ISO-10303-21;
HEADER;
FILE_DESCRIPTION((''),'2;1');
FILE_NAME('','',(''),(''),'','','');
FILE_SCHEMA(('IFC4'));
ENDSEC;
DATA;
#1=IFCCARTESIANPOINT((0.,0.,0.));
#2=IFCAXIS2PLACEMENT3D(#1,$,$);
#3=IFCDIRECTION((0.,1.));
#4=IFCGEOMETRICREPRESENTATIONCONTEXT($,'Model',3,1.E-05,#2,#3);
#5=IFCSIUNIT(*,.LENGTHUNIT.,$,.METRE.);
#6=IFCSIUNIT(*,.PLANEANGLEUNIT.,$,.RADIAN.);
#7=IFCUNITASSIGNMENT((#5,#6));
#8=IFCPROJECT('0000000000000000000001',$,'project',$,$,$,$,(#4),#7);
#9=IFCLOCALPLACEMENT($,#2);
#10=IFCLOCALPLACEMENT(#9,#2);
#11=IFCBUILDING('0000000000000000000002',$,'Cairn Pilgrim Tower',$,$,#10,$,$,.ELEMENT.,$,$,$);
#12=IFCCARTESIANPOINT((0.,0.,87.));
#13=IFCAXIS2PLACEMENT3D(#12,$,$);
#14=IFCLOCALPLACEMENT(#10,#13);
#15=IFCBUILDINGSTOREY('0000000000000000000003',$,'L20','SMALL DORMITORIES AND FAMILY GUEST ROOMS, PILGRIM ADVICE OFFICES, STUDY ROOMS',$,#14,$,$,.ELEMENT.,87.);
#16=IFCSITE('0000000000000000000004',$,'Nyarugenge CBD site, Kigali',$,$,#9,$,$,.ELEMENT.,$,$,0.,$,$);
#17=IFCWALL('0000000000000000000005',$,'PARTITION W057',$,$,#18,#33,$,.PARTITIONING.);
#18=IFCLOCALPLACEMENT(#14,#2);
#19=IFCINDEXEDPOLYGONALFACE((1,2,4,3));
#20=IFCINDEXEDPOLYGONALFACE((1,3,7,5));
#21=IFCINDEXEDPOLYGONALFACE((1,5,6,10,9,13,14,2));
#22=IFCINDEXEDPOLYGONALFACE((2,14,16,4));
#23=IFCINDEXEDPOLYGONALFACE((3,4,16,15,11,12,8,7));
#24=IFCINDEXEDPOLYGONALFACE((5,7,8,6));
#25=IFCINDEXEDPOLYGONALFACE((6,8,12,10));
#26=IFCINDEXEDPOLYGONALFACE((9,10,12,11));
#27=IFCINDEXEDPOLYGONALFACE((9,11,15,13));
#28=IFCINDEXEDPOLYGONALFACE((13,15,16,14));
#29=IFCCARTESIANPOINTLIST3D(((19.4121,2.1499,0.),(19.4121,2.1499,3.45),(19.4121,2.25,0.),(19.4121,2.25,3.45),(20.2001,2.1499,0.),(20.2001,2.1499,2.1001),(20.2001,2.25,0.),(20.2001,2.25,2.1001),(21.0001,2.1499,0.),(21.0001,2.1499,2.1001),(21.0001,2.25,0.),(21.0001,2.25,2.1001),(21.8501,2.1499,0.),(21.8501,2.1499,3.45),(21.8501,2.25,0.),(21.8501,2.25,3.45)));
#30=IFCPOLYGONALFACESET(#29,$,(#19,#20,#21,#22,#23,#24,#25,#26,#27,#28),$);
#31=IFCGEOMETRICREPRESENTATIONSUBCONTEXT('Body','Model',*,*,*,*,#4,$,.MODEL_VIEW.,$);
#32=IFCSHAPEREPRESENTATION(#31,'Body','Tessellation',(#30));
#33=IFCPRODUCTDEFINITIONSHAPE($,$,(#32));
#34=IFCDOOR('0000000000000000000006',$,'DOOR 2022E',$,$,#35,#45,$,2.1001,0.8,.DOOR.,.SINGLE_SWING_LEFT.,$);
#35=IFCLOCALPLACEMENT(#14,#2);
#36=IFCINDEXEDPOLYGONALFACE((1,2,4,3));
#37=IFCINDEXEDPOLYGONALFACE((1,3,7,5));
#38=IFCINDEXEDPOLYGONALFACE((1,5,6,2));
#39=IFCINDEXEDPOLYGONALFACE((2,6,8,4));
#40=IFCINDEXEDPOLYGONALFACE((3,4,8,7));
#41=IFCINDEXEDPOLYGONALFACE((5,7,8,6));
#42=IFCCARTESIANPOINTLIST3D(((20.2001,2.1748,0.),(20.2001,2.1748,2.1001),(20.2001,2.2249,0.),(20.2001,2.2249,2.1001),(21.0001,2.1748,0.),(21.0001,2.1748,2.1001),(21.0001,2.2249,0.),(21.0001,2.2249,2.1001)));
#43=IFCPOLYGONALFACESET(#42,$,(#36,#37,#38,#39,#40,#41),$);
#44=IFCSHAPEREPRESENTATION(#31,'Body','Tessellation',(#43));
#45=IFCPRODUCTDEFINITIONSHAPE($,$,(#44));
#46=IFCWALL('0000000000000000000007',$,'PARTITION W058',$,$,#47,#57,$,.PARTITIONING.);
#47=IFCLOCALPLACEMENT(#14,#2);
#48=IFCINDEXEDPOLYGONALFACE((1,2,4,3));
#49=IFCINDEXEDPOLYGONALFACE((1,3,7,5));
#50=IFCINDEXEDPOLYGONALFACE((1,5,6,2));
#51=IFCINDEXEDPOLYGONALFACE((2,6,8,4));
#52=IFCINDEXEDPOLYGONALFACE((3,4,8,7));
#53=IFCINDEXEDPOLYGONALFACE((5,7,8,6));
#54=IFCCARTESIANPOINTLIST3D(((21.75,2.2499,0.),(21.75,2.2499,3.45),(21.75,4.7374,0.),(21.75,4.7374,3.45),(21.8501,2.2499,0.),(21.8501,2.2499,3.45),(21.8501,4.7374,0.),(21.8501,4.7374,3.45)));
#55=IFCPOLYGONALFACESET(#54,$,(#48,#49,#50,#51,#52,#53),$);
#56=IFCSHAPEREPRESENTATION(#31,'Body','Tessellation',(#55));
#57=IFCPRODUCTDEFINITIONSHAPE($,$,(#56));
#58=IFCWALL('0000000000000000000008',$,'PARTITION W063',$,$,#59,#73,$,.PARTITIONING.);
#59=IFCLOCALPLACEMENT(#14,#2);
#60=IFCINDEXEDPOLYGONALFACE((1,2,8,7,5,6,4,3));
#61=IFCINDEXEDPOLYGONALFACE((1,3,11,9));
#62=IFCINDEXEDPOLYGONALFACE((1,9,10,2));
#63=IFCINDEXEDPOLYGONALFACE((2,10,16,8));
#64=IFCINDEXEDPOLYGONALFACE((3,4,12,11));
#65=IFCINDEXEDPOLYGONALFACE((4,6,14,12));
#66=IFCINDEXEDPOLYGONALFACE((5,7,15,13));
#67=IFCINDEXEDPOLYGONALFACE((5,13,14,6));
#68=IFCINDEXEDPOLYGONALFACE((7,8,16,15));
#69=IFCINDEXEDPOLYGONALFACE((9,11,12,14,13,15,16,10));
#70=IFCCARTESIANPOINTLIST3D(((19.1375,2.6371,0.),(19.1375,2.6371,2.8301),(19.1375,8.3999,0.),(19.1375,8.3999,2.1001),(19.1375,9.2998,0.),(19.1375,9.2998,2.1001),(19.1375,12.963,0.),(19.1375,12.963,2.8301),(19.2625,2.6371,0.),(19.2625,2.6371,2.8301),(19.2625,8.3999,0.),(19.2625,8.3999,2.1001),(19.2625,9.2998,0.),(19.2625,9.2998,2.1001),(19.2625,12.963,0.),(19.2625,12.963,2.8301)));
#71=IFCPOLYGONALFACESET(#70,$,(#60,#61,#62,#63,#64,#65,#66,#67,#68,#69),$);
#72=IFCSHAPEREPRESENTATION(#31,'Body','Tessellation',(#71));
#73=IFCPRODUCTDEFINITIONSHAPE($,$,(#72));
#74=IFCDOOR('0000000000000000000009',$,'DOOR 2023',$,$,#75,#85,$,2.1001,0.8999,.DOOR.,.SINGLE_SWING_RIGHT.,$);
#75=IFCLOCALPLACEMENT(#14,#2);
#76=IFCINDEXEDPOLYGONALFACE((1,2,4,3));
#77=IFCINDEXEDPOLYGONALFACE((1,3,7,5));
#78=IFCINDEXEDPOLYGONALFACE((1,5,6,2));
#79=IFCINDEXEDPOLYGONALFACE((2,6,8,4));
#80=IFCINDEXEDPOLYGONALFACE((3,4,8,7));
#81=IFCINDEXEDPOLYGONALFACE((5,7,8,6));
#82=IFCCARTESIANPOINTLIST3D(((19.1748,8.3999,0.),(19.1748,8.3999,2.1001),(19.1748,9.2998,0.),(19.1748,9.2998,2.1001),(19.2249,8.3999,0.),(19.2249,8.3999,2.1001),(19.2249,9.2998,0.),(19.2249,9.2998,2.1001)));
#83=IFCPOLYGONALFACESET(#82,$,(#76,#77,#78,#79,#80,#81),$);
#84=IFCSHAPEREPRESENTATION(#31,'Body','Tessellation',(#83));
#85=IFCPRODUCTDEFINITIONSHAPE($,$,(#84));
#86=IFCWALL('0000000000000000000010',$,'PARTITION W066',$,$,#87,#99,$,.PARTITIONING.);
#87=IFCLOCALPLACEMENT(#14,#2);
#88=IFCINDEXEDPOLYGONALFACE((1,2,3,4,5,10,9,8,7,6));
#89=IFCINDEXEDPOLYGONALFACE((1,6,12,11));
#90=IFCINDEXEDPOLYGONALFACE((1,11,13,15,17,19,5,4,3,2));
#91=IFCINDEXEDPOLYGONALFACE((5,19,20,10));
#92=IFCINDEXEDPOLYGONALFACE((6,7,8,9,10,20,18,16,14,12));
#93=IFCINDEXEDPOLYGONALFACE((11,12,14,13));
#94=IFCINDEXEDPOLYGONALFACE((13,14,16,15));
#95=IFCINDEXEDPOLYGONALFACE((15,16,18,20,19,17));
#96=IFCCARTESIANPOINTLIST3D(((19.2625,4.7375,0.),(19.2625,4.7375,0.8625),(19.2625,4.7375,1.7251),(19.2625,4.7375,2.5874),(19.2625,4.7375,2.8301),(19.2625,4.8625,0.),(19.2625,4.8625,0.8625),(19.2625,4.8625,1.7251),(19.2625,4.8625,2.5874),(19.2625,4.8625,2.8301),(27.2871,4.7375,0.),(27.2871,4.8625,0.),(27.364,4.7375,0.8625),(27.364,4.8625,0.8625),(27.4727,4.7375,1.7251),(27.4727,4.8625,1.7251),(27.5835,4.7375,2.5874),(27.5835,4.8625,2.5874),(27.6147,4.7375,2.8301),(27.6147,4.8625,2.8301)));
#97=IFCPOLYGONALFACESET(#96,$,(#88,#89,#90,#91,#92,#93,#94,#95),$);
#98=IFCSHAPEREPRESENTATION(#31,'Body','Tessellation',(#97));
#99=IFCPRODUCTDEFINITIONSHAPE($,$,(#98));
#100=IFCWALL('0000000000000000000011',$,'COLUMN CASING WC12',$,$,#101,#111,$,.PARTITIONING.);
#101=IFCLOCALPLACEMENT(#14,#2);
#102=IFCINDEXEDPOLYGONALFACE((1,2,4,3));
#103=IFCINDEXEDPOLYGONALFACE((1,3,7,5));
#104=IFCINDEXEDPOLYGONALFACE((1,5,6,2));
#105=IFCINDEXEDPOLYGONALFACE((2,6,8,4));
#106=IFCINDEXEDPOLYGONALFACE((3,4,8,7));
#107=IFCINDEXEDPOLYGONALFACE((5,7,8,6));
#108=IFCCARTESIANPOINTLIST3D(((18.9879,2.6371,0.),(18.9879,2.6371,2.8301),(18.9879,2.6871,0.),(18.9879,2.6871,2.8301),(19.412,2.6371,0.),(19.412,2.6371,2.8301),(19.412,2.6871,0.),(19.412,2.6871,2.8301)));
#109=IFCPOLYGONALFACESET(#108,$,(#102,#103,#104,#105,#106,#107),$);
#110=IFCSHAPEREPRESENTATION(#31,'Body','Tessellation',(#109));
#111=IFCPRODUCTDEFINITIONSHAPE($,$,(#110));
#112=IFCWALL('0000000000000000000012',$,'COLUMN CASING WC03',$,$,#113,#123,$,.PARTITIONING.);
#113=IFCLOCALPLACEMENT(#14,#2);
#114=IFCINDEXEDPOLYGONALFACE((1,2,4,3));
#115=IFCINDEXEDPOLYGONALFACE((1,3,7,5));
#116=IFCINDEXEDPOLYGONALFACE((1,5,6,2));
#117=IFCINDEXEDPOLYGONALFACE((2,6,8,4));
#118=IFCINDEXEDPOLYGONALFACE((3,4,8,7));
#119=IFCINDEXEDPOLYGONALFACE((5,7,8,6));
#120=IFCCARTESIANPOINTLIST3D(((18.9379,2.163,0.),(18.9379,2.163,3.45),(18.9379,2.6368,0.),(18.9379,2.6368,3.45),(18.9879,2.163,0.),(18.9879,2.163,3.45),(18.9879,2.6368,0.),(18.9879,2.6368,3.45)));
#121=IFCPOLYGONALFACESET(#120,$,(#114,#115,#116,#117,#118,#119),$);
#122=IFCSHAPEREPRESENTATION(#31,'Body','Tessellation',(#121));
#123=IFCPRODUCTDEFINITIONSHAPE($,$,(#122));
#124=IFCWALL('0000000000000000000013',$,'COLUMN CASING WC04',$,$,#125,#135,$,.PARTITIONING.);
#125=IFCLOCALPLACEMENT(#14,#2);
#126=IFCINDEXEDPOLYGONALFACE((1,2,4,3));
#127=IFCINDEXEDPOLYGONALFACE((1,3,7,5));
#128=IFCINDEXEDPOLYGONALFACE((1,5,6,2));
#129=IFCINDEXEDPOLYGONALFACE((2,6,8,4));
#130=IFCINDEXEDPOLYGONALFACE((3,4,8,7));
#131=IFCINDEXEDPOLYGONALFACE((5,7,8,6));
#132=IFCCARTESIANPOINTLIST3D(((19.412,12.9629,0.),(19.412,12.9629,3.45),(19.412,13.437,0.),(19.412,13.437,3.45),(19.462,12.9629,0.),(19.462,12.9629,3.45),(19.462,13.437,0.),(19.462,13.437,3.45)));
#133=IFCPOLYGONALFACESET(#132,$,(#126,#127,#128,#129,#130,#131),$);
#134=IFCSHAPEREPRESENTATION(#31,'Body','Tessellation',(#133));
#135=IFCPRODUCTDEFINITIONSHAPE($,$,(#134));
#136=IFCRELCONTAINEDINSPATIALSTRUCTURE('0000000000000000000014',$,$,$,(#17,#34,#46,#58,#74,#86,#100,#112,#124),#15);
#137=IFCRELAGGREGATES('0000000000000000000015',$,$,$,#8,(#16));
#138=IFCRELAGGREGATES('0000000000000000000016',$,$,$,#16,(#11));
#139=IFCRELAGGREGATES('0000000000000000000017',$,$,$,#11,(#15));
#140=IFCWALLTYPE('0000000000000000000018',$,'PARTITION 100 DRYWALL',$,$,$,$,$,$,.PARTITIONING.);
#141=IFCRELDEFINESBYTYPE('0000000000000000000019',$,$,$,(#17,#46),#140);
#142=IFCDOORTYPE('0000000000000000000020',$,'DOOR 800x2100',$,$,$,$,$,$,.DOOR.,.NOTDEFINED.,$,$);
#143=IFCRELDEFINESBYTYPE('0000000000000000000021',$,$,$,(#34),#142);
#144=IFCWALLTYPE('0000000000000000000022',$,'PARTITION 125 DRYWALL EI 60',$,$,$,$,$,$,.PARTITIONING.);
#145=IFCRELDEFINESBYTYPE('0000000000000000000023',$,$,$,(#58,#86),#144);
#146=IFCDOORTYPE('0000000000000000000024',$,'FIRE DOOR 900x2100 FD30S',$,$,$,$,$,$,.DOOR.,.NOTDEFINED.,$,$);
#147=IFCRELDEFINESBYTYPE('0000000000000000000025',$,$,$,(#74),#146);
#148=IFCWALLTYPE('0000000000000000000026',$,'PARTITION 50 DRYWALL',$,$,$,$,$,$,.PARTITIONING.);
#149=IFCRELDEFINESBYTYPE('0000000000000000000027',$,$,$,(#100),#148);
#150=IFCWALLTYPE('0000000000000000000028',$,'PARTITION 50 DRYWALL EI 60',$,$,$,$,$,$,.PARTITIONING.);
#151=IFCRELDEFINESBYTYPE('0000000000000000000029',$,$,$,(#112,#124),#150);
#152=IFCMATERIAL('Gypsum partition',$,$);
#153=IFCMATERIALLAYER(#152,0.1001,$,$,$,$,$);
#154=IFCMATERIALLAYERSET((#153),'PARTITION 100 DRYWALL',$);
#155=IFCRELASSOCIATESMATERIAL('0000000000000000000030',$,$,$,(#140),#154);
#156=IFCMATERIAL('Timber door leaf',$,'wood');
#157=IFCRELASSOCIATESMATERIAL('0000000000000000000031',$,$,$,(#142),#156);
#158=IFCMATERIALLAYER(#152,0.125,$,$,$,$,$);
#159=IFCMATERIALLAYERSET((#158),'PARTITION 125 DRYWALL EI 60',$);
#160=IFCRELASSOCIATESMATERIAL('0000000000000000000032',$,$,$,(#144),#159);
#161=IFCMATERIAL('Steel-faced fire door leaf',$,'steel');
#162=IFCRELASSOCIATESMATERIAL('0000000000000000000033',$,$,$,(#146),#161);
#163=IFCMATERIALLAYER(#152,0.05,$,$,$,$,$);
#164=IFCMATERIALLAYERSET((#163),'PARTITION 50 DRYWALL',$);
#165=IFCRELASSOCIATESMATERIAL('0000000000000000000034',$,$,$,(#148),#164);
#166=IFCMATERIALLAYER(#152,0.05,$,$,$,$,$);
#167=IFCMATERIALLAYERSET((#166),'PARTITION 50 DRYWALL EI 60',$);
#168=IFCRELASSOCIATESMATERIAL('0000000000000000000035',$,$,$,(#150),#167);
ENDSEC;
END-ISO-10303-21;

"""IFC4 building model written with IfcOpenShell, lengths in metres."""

from ifc_helpers import new_model, si_unit, direction, frame, frame_2d, origin, place, context, subcontext, project, spatial, polyline, rectangle, outline, extrude, material, layer, layer_set, type_object, element, fill, save


model = new_model("IFC4")

# Units and contexts
model_context = context("Model", 3, precision=1e-05, world=origin(), true_north=direction((0.0, 1.0)))
body_context = subcontext(model_context, "Body", "Model", "MODEL_VIEW")
ifc_project = project(units=[si_unit("LENGTHUNIT", "METRE"), si_unit("PLANEANGLEUNIT", "RADIAN")], contexts=[model_context])

# Site, building, storey
site_placement = place(None, origin())
site = spatial("IfcSite", under=ifc_project, at=site_placement, Name="Nyarugenge CBD site, Kigali", CompositionType="ELEMENT", RefElevation=0.0)
building_placement = place(site_placement, origin())
building = spatial("IfcBuilding", under=site, at=building_placement, Name="Cairn Pilgrim Tower", CompositionType="ELEMENT")
storey_placement = place(building_placement, frame((0.0, 0.0, 87.0)))
storey = spatial("IfcBuildingStorey", under=building, at=storey_placement, Name="L20", Description="SMALL DORMITORIES AND FAMILY GUEST ROOMS, PILGRIM ADVICE OFFICES, STUDY ROOMS", CompositionType="ELEMENT", Elevation=87.0)

# Wall, opening, door
ifc_material_1 = material(Name="Gypsum partition")
ifc_layer_1 = layer(ifc_material_1, 0.1001)
ifc_layer_set_1 = layer_set([ifc_layer_1], Name="PARTITION 100 DRYWALL")
wall_type_1 = type_object("IfcWallType", Name="PARTITION 100 DRYWALL", PredefinedType="PARTITIONING", material=ifc_layer_set_1)
wall_1_placement = place(storey_placement, frame((19.4121, 2.2, 0.0), z_axis=(0.0, 0.0, 1.0), x_axis=(1.0, 0.0, 0.0)))
wall_1 = element("IfcWall", 1, at=wall_1_placement, inside=storey, type_object=wall_type_1, Name="PARTITION W057", PredefinedType="PARTITIONING", context=body_context, shape_type="SweptSolid", body=[
    extrude(rectangle(XDim=2.438, YDim=0.1001, at=frame_2d((1.219, 0.0))), origin(), (0.0, 0.0, 1.0), 3.45),
])
opening_1_placement = place(wall_1_placement, frame((0.7881, 0.0, 0.0)))
opening_1 = element("IfcOpeningElement", 2, at=opening_1_placement, cuts=wall_1, PredefinedType="OPENING", context=body_context, shape_type="SweptSolid", body=[
    extrude(rectangle(XDim=0.8, YDim=2.1001, at=frame_2d((0.3999, 1.05))), frame((0.0, 0.0601, 0.0), z_axis=(0.0, -1.0, 0.0), x_axis=(1.0, 0.0, 0.0)), (0.0, 0.0, 1.0), 0.1201),
])
ifc_material_2 = material(Name="Timber door leaf", Category="wood")
door_type_1 = type_object("IfcDoorType", Name="DOOR 800x2100", OperationType="NOTDEFINED", PredefinedType="DOOR", material=ifc_material_2)
door_1_placement = place(opening_1_placement, origin())
door_1 = element("IfcDoor", 3, at=door_1_placement, inside=storey, type_object=door_type_1, Name="DOOR 2022E", OperationType="SINGLE_SWING_LEFT", OverallHeight=2.1001, OverallWidth=0.8, PredefinedType="DOOR", context=body_context, shape_type="SweptSolid", body=[
    extrude(rectangle(XDim=0.8, YDim=2.1001, at=frame_2d((0.3999, 1.05))), frame((0.0, 0.0249, 0.0), z_axis=(0.0, -1.0, 0.0), x_axis=(1.0, 0.0, 0.0)), (0.0, 0.0, 1.0), 0.05),
])
fill(opening_1, door_1)

# Wall
wall_2_placement = place(storey_placement, frame((21.8, 2.25, 0.0), z_axis=(0.0, 0.0, 1.0), x_axis=(0.0, 1.0, 0.0)))
element("IfcWall", 4, at=wall_2_placement, inside=storey, type_object=wall_type_1, Name="PARTITION W058", PredefinedType="PARTITIONING", context=body_context, shape_type="SweptSolid", body=[
    extrude(rectangle(XDim=2.4875, YDim=0.1001, at=frame_2d((1.2437, 0.0))), origin(), (0.0, 0.0, 1.0), 3.45),
])

# Wall, opening, door
ifc_layer_2 = layer(ifc_material_1, 0.125)
ifc_layer_set_2 = layer_set([ifc_layer_2], Name="PARTITION 125 DRYWALL EI 60")
wall_type_2 = type_object("IfcWallType", Name="PARTITION 125 DRYWALL EI 60", PredefinedType="PARTITIONING", material=ifc_layer_set_2)
wall_3_placement = place(storey_placement, frame((19.2, 2.637, 0.0), z_axis=(0.0, 0.0, 1.0), x_axis=(0.0, 1.0, 0.0)))
wall_3 = element("IfcWall", 5, at=wall_3_placement, inside=storey, type_object=wall_type_2, Name="PARTITION W063", PredefinedType="PARTITIONING", context=body_context, shape_type="SweptSolid", body=[
    extrude(rectangle(XDim=10.3259, YDim=0.125, at=frame_2d((5.1631, 0.0))), origin(), (0.0, 0.0, 1.0), 2.8301),
])
opening_2_placement = place(wall_3_placement, frame((5.7629, 0.0, 0.0)))
opening_2 = element("IfcOpeningElement", 6, at=opening_2_placement, cuts=wall_3, PredefinedType="OPENING", context=body_context, shape_type="SweptSolid", body=[
    extrude(rectangle(XDim=0.8999, YDim=2.1001, at=frame_2d((0.45, 1.05))), frame((0.0, 0.0725, 0.0), z_axis=(0.0, -1.0, 0.0), x_axis=(1.0, 0.0, 0.0)), (0.0, 0.0, 1.0), 0.145),
])
ifc_material_3 = material(Name="Steel-faced fire door leaf", Category="steel")
door_type_2 = type_object("IfcDoorType", Name="FIRE DOOR 900x2100 FD30S", OperationType="NOTDEFINED", PredefinedType="DOOR", material=ifc_material_3)
door_2_placement = place(opening_2_placement, frame((0.8999, 0.0, 0.0), z_axis=(0.0, 0.0, 1.0), x_axis=(-1.0, 0.0, 0.0)))
door_2 = element("IfcDoor", 7, at=door_2_placement, inside=storey, type_object=door_type_2, Name="DOOR 2023", OperationType="SINGLE_SWING_RIGHT", OverallHeight=2.1001, OverallWidth=0.8999, PredefinedType="DOOR", context=body_context, shape_type="SweptSolid", body=[
    extrude(rectangle(XDim=0.8999, YDim=2.1001, at=frame_2d((0.45, 1.05))), frame((0.0, 0.0249, 0.0), z_axis=(0.0, -1.0, 0.0), x_axis=(1.0, 0.0, 0.0)), (0.0, 0.0, 1.0), 0.05),
])
fill(opening_2, door_2)

# Walls
wall_4_placement = place(storey_placement, frame((19.2625, 4.8, 0.0), z_axis=(0.0, 0.0, 1.0), x_axis=(1.0, 0.0, 0.0)))
element("IfcWall", 8, at=wall_4_placement, inside=storey, type_object=wall_type_2, Name="PARTITION W066", PredefinedType="PARTITIONING", context=body_context, shape_type="SweptSolid", body=[
    extrude(outline(polyline([(0.0, 0.0), (8.0247, 0.0), (8.1016, 0.8625), (8.2102, 1.7251), (8.321, 2.5874), (8.3523, 2.8301), (0.0, 2.8301), (0.0, 2.5874), (0.0, 1.7251), (0.0, 0.8625), (0.0, 0.0)])), frame((0.0, 0.0625, 0.0), z_axis=(0.0, -1.0, 0.0), x_axis=(1.0, 0.0, 0.0)), (0.0, 0.0, 1.0), 0.125),
])
ifc_layer_3 = layer(ifc_material_1, 0.05)
ifc_layer_set_3 = layer_set([ifc_layer_3], Name="PARTITION 50 DRYWALL")
wall_type_3 = type_object("IfcWallType", Name="PARTITION 50 DRYWALL", PredefinedType="PARTITIONING", material=ifc_layer_set_3)
wall_5_placement = place(storey_placement, frame((18.988, 2.6621, 0.0), z_axis=(0.0, 0.0, 1.0), x_axis=(1.0, 0.0, 0.0)))
element("IfcWall", 9, at=wall_5_placement, inside=storey, type_object=wall_type_3, Name="COLUMN CASING WC12", PredefinedType="PARTITIONING", context=body_context, shape_type="SweptSolid", body=[
    extrude(rectangle(XDim=0.4241, YDim=0.05, at=frame_2d((0.2119, 0.0))), origin(), (0.0, 0.0, 1.0), 2.8301),
])
ifc_layer_4 = layer(ifc_material_1, 0.05)
ifc_layer_set_4 = layer_set([ifc_layer_4], Name="PARTITION 50 DRYWALL EI 60")
wall_type_4 = type_object("IfcWallType", Name="PARTITION 50 DRYWALL EI 60", PredefinedType="PARTITIONING", material=ifc_layer_set_4)
wall_6_placement = place(storey_placement, frame((18.9629, 2.1631, 0.0), z_axis=(0.0, 0.0, 1.0), x_axis=(0.0, 1.0, 0.0)))
element("IfcWall", 10, at=wall_6_placement, inside=storey, type_object=wall_type_4, Name="COLUMN CASING WC03", PredefinedType="PARTITIONING", context=body_context, shape_type="SweptSolid", body=[
    extrude(rectangle(XDim=0.4739, YDim=0.05, at=frame_2d((0.2368, 0.0))), origin(), (0.0, 0.0, 1.0), 3.45),
])
wall_7_placement = place(storey_placement, frame((19.437, 12.9629, 0.0), z_axis=(0.0, 0.0, 1.0), x_axis=(0.0, 1.0, 0.0)))
element("IfcWall", 11, at=wall_7_placement, inside=storey, type_object=wall_type_4, Name="COLUMN CASING WC04", PredefinedType="PARTITIONING", context=body_context, shape_type="SweptSolid", body=[
    extrude(rectangle(XDim=0.4741, YDim=0.05, at=frame_2d((0.2371, 0.0))), origin(), (0.0, 0.0, 1.0), 3.45),
])

save(model, "model.ifc")
